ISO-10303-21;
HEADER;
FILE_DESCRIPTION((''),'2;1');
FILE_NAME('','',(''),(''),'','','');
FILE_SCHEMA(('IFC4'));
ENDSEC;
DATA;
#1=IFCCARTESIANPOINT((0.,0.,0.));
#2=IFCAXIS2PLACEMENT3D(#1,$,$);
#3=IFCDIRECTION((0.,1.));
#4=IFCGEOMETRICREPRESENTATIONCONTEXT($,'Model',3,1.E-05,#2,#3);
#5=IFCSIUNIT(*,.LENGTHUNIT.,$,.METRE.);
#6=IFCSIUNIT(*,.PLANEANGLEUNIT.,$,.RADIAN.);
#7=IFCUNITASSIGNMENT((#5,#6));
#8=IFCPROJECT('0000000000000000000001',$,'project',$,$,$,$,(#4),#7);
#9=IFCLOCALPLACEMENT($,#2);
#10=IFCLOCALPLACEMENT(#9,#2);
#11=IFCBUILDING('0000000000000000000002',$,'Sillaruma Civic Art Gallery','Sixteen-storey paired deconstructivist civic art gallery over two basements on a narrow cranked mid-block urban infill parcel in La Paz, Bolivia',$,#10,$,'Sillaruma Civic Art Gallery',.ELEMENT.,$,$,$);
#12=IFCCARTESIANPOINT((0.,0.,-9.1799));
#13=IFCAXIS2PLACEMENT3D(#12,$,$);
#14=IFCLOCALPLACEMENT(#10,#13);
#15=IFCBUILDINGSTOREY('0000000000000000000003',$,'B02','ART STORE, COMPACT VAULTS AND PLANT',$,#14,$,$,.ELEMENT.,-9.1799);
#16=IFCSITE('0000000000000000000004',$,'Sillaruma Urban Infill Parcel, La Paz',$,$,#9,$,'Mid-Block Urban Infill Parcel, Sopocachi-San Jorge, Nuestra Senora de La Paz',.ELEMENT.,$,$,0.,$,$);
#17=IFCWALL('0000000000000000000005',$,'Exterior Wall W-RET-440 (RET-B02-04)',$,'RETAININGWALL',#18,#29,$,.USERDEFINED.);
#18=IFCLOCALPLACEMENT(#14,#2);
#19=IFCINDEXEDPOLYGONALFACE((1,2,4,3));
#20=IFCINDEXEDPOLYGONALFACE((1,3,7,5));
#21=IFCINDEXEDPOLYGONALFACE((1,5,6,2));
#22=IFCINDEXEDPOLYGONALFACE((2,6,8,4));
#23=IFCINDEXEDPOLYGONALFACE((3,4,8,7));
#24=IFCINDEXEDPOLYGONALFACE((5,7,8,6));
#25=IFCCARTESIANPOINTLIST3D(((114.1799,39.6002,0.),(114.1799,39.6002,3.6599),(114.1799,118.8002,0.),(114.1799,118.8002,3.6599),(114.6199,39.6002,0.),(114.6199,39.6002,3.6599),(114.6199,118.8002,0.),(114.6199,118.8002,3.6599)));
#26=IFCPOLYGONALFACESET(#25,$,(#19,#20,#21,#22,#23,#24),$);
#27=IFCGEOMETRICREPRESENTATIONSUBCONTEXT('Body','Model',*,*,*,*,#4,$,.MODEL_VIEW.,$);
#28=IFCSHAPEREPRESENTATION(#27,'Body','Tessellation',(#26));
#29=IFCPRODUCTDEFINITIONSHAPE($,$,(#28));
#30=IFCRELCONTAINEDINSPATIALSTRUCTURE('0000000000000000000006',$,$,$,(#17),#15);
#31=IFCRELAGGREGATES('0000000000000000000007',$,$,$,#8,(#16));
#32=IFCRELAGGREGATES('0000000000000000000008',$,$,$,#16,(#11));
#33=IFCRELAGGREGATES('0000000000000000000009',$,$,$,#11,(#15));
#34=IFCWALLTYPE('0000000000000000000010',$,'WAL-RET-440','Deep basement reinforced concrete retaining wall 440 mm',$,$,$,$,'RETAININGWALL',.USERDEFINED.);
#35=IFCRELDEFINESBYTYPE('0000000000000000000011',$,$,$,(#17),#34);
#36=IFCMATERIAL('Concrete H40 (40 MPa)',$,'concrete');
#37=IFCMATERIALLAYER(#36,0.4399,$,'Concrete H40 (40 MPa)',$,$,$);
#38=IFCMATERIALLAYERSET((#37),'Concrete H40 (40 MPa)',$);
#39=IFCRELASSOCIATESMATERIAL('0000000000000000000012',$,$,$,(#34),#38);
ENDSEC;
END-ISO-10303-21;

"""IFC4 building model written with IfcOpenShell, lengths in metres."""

from ifc_helpers import new_model, si_unit, direction, frame, frame_2d, origin, place, context, subcontext, project, spatial, rectangle, extrude, material, layer, layer_set, type_object, element, save


model = new_model("IFC4")

# Units and contexts
model_context = context("Model", 3, precision=1e-05, world=origin(), true_north=direction((0.0, 1.0)))
body_context = subcontext(model_context, "Body", "Model", "MODEL_VIEW")
ifc_project = project(units=[si_unit("LENGTHUNIT", "METRE"), si_unit("PLANEANGLEUNIT", "RADIAN")], contexts=[model_context])

# Site, building, storey
site_placement = place(None, origin())
site = spatial("IfcSite", under=ifc_project, at=site_placement, Name="Sillaruma Urban Infill Parcel, La Paz", LongName="Mid-Block Urban Infill Parcel, Sopocachi-San Jorge, Nuestra Senora de La Paz", CompositionType="ELEMENT", RefElevation=0.0)
building_placement = place(site_placement, origin())
building = spatial("IfcBuilding", under=site, at=building_placement, Name="Sillaruma Civic Art Gallery", Description="Sixteen-storey paired deconstructivist civic art gallery over two basements on a narrow cranked mid-block urban infill parcel in La Paz, Bolivia", LongName="Sillaruma Civic Art Gallery", CompositionType="ELEMENT")
storey_placement = place(building_placement, frame((0.0, 0.0, -9.1799)))
storey = spatial("IfcBuildingStorey", under=building, at=storey_placement, Name="B02", Description="ART STORE, COMPACT VAULTS AND PLANT", CompositionType="ELEMENT", Elevation=-9.1799)

# Shared definitions
ifc_material_1 = material(Name="Concrete H40 (40 MPa)", Category="concrete")

# Wall
ifc_layer_1 = layer(ifc_material_1, 0.4399, Name="Concrete H40 (40 MPa)")
ifc_layer_set_1 = layer_set([ifc_layer_1], Name="Concrete H40 (40 MPa)")
wall_type_1 = type_object("IfcWallType", Name="WAL-RET-440", Description="Deep basement reinforced concrete retaining wall 440 mm", ElementType="RETAININGWALL", PredefinedType="USERDEFINED", material=ifc_layer_set_1)
wall_1_placement = place(storey_placement, frame((114.3999, 39.6001, 0.0), z_axis=(0.0, 0.0, 1.0), x_axis=(0.0, 1.0, 0.0)))
element("IfcWall", 1, at=wall_1_placement, inside=storey, type_object=wall_type_1, Name="Exterior Wall W-RET-440 (RET-B02-04)", ObjectType="RETAININGWALL", PredefinedType="USERDEFINED", context=body_context, shape_type="SweptSolid", body=[
    extrude(rectangle(XDim=79.2, YDim=0.4399, at=frame_2d((39.6001, 0.0))), origin(), (0.0, 0.0, 1.0), 3.6599),
])

save(model, "model.ifc")
